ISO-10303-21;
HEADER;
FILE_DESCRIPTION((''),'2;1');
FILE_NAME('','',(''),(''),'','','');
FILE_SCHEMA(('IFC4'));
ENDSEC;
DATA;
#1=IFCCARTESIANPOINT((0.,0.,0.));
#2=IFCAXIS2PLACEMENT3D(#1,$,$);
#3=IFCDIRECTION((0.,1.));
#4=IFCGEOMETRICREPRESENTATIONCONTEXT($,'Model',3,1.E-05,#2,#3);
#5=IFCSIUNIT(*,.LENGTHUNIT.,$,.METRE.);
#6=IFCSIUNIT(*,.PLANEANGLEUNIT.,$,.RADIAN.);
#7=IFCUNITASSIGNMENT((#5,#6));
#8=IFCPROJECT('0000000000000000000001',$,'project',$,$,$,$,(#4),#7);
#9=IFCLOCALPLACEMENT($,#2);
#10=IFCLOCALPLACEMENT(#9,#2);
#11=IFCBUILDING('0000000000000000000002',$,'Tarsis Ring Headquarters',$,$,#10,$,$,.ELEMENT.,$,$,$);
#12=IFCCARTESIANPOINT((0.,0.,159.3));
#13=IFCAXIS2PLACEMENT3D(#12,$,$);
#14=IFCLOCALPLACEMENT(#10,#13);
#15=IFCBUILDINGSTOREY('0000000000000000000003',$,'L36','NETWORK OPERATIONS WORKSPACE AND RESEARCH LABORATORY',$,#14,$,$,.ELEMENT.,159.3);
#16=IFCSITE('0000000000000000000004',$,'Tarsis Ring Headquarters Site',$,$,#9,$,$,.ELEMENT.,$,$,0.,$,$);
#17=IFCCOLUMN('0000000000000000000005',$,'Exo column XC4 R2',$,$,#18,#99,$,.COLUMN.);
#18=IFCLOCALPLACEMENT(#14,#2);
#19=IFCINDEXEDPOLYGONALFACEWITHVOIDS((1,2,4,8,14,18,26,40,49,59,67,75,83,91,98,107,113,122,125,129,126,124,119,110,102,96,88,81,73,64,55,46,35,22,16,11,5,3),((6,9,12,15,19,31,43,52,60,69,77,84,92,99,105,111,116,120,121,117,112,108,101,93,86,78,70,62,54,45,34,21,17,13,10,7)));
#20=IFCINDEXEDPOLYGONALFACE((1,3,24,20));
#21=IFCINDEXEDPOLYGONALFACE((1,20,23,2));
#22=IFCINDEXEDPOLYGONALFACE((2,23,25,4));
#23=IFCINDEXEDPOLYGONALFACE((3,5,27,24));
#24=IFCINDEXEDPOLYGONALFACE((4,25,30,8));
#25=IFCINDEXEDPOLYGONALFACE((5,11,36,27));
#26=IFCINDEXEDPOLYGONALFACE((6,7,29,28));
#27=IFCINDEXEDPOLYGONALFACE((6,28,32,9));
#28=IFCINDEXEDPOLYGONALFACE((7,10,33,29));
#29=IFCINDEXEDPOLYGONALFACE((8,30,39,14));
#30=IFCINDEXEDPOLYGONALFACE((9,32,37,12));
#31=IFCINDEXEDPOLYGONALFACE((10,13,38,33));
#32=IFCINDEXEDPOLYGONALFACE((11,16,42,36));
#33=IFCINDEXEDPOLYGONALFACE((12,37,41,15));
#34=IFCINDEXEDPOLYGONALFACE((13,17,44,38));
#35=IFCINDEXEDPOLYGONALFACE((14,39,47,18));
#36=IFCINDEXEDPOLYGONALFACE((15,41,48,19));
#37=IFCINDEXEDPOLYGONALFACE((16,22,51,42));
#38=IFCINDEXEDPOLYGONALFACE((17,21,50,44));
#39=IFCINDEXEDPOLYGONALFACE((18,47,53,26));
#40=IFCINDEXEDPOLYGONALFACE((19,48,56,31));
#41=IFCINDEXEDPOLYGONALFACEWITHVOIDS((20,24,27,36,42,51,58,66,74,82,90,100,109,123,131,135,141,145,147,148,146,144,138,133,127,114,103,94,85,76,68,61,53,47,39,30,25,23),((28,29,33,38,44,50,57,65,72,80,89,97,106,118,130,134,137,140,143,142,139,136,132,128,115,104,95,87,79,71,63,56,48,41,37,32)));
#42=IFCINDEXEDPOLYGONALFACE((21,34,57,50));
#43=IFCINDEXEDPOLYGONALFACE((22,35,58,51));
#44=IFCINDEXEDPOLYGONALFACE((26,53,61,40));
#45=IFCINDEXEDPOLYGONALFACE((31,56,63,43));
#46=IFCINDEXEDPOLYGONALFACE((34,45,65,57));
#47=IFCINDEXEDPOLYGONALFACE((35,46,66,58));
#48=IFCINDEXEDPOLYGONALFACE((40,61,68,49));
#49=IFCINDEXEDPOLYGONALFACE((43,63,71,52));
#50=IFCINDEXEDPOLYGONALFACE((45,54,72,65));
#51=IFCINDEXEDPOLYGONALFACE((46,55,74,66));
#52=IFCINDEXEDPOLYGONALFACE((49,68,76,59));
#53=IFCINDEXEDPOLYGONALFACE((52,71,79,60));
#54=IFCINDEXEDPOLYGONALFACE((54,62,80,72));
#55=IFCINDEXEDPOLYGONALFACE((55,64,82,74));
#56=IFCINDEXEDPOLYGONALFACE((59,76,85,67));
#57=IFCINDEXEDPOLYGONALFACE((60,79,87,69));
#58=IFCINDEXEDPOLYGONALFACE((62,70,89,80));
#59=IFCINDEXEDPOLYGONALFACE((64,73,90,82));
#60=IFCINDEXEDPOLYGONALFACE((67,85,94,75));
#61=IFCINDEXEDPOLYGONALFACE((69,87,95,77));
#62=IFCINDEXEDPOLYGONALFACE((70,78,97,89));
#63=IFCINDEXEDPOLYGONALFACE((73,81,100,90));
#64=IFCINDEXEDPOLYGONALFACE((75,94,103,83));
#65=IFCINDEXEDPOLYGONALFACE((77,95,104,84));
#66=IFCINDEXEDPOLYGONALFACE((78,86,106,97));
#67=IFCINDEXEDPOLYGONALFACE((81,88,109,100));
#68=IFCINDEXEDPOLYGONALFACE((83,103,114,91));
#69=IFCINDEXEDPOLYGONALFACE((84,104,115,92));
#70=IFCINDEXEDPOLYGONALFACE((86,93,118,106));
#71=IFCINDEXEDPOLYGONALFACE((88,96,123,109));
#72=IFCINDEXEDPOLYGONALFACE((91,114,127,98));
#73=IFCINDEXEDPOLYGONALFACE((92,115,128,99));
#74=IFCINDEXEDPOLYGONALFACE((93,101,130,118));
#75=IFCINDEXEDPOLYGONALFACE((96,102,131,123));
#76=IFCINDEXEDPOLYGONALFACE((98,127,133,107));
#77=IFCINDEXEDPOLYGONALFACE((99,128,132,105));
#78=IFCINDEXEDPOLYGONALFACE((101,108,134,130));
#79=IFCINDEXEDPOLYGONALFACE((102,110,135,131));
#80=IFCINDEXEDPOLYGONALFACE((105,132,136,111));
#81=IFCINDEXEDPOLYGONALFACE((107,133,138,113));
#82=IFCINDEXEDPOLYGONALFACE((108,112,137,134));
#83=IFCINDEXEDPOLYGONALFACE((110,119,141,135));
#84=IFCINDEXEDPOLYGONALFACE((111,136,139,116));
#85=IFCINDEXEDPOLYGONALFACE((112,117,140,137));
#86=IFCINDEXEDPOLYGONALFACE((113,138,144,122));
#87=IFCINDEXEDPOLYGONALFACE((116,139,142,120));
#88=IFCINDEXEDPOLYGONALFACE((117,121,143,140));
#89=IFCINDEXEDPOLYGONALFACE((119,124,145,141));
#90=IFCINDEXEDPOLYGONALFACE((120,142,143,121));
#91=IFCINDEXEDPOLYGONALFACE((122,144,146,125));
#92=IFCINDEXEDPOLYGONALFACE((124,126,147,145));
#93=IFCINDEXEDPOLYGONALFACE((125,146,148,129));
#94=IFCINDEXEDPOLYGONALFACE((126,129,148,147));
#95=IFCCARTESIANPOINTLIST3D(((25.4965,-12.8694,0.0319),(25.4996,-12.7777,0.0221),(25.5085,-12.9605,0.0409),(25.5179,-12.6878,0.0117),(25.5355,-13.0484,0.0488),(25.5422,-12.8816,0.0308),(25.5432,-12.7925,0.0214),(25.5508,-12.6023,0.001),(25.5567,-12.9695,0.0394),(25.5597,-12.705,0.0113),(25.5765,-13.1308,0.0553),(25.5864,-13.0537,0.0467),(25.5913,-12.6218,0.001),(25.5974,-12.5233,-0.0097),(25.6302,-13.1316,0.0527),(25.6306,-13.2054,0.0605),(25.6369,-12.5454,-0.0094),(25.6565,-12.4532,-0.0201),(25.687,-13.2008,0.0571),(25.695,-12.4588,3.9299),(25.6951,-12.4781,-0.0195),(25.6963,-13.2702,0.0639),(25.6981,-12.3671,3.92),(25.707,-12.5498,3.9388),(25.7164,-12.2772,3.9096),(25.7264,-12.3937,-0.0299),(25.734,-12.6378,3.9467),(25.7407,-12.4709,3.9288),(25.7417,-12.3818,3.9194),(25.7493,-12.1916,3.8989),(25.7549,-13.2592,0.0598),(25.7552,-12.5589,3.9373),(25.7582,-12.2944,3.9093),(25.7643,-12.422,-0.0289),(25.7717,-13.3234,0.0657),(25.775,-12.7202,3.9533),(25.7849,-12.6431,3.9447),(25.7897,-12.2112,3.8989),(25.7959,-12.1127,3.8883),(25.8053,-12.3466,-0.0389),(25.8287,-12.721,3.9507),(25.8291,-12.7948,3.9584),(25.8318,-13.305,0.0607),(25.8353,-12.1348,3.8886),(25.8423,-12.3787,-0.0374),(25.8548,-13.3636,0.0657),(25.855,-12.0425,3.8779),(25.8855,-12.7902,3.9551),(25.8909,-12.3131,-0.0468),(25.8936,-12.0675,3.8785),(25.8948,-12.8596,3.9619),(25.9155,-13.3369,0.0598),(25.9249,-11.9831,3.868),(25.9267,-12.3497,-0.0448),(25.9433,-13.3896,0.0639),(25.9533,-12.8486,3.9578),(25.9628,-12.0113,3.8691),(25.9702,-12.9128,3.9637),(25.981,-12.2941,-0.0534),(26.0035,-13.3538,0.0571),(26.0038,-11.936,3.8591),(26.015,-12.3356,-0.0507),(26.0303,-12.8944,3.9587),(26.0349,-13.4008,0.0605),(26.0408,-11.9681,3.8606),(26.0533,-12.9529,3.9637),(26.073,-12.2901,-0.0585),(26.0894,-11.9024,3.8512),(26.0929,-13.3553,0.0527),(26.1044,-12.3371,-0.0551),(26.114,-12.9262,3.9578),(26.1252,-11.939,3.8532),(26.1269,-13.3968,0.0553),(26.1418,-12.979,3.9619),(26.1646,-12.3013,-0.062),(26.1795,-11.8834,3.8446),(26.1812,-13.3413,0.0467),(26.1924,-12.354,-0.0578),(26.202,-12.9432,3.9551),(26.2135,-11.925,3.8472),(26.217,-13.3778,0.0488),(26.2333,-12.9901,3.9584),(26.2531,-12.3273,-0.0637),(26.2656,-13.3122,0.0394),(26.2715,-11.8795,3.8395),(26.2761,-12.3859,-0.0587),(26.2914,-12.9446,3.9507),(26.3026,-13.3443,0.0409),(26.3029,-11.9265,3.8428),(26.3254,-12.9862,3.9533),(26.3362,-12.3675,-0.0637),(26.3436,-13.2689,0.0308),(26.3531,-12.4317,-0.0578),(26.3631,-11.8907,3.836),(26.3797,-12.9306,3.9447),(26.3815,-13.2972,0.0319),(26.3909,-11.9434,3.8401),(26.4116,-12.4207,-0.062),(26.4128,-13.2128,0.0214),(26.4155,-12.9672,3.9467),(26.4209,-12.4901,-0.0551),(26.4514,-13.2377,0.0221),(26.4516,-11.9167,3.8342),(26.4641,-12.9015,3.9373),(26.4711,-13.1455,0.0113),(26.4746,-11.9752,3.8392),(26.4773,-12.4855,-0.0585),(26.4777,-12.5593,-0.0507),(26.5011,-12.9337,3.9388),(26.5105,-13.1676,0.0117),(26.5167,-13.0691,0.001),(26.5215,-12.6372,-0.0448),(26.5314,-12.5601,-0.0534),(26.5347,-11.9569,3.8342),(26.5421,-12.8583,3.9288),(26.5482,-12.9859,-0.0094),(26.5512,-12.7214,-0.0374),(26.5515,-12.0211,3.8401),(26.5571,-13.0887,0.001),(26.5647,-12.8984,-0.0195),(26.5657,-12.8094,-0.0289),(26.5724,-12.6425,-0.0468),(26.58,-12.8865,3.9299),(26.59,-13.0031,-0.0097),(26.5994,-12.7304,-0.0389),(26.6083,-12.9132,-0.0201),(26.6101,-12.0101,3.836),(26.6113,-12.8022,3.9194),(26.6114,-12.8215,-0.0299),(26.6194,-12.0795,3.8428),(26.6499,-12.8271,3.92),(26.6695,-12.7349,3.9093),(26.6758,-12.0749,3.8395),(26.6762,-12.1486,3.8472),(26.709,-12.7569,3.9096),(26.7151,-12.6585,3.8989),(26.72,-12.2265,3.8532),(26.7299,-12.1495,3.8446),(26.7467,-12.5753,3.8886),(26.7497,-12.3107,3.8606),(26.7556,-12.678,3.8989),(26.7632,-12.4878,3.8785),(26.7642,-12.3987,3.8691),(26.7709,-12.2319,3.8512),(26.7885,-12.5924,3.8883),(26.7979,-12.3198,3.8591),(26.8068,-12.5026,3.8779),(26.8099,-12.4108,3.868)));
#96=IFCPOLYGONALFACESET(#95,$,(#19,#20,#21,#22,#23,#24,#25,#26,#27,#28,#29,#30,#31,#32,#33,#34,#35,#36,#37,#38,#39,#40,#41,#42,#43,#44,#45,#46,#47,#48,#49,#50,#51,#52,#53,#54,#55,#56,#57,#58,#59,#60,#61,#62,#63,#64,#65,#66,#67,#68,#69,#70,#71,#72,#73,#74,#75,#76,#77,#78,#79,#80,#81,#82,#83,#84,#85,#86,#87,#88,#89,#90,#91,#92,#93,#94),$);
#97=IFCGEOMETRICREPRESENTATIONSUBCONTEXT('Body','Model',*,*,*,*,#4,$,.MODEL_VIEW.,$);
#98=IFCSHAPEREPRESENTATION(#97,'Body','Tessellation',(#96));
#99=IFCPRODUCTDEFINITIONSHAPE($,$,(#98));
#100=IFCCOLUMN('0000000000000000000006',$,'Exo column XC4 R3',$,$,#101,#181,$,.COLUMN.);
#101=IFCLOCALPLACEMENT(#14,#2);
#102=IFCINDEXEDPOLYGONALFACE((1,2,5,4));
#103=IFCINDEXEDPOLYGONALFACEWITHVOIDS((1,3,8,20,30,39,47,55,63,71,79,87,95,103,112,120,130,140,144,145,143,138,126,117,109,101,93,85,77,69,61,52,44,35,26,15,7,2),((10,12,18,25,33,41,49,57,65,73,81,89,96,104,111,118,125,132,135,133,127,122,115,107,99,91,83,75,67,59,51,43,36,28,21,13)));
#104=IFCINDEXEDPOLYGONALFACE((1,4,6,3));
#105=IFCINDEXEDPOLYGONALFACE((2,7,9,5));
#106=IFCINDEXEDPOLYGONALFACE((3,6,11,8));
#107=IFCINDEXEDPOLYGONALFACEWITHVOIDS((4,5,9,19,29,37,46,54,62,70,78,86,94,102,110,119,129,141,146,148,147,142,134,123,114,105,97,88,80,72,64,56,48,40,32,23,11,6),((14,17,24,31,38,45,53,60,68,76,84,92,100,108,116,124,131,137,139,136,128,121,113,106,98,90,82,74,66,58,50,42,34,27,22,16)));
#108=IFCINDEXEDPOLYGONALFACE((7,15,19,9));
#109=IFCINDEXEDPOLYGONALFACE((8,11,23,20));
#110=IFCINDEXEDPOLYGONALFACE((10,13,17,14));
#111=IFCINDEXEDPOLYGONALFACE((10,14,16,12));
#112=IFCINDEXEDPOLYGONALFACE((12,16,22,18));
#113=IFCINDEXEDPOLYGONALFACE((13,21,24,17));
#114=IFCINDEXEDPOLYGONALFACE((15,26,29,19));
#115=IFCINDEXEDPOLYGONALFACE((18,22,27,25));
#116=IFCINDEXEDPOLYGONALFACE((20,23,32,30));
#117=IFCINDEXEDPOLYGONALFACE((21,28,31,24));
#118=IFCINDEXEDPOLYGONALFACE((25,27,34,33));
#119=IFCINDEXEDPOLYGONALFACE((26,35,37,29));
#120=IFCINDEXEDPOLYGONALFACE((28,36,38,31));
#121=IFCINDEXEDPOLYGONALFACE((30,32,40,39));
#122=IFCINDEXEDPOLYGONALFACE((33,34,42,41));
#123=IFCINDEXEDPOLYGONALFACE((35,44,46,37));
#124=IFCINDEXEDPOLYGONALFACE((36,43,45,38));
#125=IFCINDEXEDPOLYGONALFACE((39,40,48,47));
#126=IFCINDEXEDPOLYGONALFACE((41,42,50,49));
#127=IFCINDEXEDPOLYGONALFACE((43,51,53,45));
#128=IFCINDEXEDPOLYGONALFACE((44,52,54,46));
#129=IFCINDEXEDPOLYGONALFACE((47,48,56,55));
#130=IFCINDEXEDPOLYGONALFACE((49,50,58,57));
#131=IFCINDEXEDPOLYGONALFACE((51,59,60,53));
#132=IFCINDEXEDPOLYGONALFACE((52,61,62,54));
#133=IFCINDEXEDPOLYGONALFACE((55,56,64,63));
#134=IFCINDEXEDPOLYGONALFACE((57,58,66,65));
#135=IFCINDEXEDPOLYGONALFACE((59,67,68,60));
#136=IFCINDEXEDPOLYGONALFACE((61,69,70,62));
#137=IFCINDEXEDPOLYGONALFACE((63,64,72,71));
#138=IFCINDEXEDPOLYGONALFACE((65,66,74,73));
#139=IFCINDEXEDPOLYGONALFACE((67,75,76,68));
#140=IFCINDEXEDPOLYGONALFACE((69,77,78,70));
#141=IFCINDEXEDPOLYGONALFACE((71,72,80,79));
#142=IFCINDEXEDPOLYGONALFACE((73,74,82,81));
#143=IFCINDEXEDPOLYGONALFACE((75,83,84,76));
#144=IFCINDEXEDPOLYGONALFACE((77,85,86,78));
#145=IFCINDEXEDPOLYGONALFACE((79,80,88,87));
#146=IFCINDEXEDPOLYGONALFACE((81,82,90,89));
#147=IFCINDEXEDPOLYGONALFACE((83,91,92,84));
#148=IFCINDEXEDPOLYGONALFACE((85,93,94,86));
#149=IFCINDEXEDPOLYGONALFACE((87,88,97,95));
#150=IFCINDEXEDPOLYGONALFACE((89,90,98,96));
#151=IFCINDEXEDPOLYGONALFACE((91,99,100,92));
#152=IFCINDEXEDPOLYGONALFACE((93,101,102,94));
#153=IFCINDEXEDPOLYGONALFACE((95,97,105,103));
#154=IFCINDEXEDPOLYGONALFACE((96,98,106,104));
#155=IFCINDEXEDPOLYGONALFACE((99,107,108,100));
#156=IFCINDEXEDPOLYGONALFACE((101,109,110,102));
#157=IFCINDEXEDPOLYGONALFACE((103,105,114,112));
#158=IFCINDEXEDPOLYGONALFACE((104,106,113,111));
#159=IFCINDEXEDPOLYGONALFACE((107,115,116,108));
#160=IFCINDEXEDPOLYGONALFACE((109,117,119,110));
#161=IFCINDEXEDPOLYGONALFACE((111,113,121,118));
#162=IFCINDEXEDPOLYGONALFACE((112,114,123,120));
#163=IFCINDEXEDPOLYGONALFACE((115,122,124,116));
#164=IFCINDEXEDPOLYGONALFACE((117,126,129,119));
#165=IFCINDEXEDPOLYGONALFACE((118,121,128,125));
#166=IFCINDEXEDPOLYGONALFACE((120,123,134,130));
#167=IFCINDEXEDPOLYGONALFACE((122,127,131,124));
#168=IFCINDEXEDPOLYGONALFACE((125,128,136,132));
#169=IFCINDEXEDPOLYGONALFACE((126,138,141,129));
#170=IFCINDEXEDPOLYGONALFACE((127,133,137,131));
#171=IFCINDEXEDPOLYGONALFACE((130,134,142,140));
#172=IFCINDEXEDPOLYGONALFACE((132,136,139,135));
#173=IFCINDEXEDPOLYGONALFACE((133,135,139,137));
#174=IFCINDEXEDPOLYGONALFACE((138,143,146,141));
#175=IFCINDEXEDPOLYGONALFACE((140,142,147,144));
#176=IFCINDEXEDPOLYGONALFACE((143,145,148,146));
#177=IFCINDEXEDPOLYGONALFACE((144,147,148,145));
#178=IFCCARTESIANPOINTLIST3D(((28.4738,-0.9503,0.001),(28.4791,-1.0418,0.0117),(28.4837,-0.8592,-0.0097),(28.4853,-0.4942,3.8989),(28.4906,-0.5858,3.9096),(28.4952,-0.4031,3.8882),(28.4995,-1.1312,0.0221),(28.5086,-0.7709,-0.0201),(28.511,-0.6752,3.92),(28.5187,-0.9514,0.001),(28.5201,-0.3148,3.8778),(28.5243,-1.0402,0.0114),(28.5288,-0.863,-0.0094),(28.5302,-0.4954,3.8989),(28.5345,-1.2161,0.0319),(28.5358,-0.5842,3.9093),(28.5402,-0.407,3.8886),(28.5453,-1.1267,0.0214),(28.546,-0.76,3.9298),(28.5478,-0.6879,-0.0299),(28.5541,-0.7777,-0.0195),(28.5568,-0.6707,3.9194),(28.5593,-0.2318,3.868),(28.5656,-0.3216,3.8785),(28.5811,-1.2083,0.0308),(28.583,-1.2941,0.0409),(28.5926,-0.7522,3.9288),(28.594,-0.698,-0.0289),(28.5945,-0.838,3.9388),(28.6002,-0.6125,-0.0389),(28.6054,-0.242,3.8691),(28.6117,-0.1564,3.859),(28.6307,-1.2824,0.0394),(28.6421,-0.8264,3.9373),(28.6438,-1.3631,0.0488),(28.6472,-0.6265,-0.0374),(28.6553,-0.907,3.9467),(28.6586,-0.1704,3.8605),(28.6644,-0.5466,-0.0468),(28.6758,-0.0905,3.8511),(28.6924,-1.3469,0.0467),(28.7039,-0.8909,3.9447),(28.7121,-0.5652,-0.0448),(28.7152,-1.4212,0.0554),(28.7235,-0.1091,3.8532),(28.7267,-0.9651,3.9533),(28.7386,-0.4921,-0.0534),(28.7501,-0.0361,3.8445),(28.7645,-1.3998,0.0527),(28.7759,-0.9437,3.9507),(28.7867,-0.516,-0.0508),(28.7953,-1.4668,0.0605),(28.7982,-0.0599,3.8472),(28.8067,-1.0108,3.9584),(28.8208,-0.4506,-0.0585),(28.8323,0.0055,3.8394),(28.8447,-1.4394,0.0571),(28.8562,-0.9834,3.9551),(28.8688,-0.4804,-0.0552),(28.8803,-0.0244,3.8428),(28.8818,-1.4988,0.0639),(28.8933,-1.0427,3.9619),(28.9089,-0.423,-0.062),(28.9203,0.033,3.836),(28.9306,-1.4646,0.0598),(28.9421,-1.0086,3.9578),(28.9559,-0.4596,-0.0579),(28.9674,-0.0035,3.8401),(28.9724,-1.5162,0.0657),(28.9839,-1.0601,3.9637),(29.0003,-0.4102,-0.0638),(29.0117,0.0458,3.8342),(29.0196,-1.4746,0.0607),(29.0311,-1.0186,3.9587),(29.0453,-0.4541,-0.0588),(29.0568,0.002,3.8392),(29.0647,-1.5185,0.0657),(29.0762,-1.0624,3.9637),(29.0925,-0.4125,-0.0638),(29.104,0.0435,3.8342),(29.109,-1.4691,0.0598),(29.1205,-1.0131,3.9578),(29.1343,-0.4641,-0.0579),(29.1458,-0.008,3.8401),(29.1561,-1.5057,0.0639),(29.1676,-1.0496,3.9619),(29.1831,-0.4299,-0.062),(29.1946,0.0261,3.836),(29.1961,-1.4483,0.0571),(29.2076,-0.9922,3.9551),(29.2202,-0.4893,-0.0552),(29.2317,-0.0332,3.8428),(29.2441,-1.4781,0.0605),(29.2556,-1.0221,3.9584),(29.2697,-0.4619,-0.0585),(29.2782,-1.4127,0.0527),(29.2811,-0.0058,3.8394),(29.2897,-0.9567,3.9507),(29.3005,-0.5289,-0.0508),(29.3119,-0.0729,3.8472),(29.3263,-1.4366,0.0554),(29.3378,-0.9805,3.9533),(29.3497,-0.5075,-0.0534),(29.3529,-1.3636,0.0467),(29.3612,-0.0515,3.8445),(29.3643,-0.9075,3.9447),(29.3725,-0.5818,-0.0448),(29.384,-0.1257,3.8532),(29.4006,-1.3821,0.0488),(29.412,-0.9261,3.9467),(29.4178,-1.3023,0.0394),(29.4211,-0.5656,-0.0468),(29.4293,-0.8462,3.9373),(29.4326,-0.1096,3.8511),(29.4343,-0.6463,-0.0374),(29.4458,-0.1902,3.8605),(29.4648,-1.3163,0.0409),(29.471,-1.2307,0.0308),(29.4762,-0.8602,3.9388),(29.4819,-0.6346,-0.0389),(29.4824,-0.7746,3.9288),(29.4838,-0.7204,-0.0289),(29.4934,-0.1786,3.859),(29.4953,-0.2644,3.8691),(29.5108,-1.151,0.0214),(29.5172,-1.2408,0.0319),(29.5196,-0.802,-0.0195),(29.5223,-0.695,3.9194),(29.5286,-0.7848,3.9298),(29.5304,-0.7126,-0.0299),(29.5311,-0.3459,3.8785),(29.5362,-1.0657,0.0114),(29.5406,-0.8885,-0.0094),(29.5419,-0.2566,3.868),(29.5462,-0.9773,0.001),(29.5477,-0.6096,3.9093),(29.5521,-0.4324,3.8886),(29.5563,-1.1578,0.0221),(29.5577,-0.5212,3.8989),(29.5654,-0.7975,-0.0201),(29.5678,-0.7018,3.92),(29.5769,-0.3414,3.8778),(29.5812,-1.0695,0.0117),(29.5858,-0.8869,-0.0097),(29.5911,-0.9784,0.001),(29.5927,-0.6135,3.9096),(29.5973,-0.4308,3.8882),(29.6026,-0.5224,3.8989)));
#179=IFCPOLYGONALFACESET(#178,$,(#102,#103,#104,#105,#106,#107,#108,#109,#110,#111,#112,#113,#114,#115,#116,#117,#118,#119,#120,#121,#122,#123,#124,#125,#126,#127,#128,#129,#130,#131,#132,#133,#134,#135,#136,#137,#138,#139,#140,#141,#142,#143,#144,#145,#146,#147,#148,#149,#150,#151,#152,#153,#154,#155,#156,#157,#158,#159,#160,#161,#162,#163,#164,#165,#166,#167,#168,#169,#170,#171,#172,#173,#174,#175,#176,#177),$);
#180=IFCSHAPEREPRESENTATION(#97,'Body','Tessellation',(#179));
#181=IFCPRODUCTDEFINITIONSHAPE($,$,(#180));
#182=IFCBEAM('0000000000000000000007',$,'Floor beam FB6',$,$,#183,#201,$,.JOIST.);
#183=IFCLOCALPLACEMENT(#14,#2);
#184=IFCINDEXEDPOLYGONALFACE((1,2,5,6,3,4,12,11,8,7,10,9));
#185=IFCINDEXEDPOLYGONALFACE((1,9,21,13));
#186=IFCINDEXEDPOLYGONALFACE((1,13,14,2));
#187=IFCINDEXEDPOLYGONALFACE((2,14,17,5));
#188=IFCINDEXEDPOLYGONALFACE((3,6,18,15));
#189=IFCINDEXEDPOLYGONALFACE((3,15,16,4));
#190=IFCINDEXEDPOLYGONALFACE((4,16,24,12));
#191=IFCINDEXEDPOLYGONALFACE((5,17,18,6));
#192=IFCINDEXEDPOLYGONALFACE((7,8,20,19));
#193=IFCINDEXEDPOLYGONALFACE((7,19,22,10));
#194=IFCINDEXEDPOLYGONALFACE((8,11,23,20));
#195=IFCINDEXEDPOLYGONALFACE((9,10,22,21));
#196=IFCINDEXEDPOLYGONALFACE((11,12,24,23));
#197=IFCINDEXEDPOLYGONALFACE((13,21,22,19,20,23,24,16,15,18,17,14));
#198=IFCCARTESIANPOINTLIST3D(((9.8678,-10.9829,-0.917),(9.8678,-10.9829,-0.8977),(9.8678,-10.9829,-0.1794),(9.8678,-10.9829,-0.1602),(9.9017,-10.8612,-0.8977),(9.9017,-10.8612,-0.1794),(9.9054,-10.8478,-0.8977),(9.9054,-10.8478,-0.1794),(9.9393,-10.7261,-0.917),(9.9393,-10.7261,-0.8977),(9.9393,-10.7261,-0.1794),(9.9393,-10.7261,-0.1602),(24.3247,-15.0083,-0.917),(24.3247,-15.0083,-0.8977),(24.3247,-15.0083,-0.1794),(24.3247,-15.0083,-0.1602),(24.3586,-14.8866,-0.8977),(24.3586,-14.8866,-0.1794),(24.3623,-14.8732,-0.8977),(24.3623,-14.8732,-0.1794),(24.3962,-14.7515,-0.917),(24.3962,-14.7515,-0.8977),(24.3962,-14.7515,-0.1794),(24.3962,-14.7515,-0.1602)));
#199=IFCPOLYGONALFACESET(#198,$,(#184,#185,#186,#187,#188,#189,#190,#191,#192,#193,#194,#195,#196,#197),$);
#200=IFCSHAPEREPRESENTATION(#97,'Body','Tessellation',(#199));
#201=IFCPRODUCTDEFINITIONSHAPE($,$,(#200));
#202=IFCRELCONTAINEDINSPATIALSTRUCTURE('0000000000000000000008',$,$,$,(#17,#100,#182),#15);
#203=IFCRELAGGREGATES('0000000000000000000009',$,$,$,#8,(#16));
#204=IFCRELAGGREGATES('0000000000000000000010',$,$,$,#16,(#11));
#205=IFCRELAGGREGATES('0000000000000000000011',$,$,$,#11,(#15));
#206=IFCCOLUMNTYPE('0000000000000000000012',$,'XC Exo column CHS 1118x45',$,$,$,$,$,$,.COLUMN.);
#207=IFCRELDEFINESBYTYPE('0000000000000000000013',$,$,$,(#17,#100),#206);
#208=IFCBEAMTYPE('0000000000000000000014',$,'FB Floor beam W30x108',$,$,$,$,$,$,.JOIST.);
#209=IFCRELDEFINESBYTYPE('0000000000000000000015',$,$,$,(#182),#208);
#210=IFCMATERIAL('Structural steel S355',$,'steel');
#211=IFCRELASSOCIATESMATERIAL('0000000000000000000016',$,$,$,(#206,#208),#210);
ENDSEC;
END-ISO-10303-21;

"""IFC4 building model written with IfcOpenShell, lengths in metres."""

from ifc_helpers import new_model, si_unit, direction, frame, origin, origin_2d, place, context, subcontext, project, spatial, hollow_circle, i_section, extrude, material, material_profile, profile_set, type_object, element, save


model = new_model("IFC4")

# Units and contexts
model_context = context("Model", 3, precision=1e-05, world=origin(), true_north=direction((0.0, 1.0)))
body_context = subcontext(model_context, "Body", "Model", "MODEL_VIEW")
ifc_project = project(units=[si_unit("LENGTHUNIT", "METRE"), si_unit("PLANEANGLEUNIT", "RADIAN")], contexts=[model_context])

# Site, building, storey
site_placement = place(None, origin())
site = spatial("IfcSite", under=ifc_project, at=site_placement, Name="Tarsis Ring Headquarters Site", CompositionType="ELEMENT", RefElevation=0.0)
building_placement = place(site_placement, origin())
building = spatial("IfcBuilding", under=site, at=building_placement, Name="Tarsis Ring Headquarters", CompositionType="ELEMENT")
storey_placement = place(building_placement, frame((0.0, 0.0, 159.3)))
storey = spatial("IfcBuildingStorey", under=building, at=storey_placement, Name="L36", Description="NETWORK OPERATIONS WORKSPACE AND RESEARCH LABORATORY", CompositionType="ELEMENT", Elevation=159.3)

# Columns
ifc_material_1 = material(Name="Structural steel S355", Category="steel")
ifc_material_profile_1 = material_profile(ifc_material_1, hollow_circle(Radius=0.5588, WallThickness=0.0449, at=origin_2d()), Name="CHS 1118x45")
ifc_profile_set_1 = profile_set([ifc_material_profile_1], Name="Structural steel S355")
column_type = type_object("IfcColumnType", Name="XC Exo column CHS 1118x45", PredefinedType="COLUMN", material=ifc_profile_set_1)
for number, where, z_axis, x_axis, name in (
    (1, (26.054, -12.8455, 0.001), (0.050576, 0.104635, 0.993224), (-0.900342, 0.435183, 0.0), "Exo column XC4 R2"),
    (2, (29.0325, -0.9644, 0.001), (0.002924, 0.116205, 0.993221), (-0.999684, 0.025153, 0.0), "Exo column XC4 R3"),
):
    element("IfcColumn", number, at=place(storey_placement, frame(where, z_axis=z_axis, x_axis=x_axis)), inside=storey, type_object=column_type, Name=name, PredefinedType="COLUMN", context=body_context, shape_type="SweptSolid", body=[
        extrude(hollow_circle(Radius=0.5588, WallThickness=0.0449, at=origin_2d()), origin(), (0.0, 0.0, 1.0), 3.9246),
    ])

# Beam
ifc_material_profile_2 = material_profile(ifc_material_1, i_section(OverallWidth=0.2666, OverallDepth=0.7568, WebThickness=0.0139, FlangeThickness=0.0193, at=origin_2d()), Name="W30x108")
ifc_profile_set_2 = profile_set([ifc_material_profile_2], Name="Structural steel S355")
beam_type_1 = type_object("IfcBeamType", Name="FB Floor beam W30x108", PredefinedType="JOIST", material=ifc_profile_set_2)
beam_1_placement = place(storey_placement, frame((9.9036, -10.8545, -0.5386), z_axis=(0.963352, -0.268239, 0.0), x_axis=(0.268239, 0.963352, 0.0)))
element("IfcBeam", 3, at=beam_1_placement, inside=storey, type_object=beam_type_1, Name="Floor beam FB6", PredefinedType="JOIST", context=body_context, shape_type="SweptSolid", body=[
    extrude(i_section(OverallWidth=0.2666, OverallDepth=0.7568, WebThickness=0.0139, FlangeThickness=0.0193, at=origin_2d()), origin(), (0.0, 0.0, 1.0), 15.0068),
])

save(model, "model.ifc")
